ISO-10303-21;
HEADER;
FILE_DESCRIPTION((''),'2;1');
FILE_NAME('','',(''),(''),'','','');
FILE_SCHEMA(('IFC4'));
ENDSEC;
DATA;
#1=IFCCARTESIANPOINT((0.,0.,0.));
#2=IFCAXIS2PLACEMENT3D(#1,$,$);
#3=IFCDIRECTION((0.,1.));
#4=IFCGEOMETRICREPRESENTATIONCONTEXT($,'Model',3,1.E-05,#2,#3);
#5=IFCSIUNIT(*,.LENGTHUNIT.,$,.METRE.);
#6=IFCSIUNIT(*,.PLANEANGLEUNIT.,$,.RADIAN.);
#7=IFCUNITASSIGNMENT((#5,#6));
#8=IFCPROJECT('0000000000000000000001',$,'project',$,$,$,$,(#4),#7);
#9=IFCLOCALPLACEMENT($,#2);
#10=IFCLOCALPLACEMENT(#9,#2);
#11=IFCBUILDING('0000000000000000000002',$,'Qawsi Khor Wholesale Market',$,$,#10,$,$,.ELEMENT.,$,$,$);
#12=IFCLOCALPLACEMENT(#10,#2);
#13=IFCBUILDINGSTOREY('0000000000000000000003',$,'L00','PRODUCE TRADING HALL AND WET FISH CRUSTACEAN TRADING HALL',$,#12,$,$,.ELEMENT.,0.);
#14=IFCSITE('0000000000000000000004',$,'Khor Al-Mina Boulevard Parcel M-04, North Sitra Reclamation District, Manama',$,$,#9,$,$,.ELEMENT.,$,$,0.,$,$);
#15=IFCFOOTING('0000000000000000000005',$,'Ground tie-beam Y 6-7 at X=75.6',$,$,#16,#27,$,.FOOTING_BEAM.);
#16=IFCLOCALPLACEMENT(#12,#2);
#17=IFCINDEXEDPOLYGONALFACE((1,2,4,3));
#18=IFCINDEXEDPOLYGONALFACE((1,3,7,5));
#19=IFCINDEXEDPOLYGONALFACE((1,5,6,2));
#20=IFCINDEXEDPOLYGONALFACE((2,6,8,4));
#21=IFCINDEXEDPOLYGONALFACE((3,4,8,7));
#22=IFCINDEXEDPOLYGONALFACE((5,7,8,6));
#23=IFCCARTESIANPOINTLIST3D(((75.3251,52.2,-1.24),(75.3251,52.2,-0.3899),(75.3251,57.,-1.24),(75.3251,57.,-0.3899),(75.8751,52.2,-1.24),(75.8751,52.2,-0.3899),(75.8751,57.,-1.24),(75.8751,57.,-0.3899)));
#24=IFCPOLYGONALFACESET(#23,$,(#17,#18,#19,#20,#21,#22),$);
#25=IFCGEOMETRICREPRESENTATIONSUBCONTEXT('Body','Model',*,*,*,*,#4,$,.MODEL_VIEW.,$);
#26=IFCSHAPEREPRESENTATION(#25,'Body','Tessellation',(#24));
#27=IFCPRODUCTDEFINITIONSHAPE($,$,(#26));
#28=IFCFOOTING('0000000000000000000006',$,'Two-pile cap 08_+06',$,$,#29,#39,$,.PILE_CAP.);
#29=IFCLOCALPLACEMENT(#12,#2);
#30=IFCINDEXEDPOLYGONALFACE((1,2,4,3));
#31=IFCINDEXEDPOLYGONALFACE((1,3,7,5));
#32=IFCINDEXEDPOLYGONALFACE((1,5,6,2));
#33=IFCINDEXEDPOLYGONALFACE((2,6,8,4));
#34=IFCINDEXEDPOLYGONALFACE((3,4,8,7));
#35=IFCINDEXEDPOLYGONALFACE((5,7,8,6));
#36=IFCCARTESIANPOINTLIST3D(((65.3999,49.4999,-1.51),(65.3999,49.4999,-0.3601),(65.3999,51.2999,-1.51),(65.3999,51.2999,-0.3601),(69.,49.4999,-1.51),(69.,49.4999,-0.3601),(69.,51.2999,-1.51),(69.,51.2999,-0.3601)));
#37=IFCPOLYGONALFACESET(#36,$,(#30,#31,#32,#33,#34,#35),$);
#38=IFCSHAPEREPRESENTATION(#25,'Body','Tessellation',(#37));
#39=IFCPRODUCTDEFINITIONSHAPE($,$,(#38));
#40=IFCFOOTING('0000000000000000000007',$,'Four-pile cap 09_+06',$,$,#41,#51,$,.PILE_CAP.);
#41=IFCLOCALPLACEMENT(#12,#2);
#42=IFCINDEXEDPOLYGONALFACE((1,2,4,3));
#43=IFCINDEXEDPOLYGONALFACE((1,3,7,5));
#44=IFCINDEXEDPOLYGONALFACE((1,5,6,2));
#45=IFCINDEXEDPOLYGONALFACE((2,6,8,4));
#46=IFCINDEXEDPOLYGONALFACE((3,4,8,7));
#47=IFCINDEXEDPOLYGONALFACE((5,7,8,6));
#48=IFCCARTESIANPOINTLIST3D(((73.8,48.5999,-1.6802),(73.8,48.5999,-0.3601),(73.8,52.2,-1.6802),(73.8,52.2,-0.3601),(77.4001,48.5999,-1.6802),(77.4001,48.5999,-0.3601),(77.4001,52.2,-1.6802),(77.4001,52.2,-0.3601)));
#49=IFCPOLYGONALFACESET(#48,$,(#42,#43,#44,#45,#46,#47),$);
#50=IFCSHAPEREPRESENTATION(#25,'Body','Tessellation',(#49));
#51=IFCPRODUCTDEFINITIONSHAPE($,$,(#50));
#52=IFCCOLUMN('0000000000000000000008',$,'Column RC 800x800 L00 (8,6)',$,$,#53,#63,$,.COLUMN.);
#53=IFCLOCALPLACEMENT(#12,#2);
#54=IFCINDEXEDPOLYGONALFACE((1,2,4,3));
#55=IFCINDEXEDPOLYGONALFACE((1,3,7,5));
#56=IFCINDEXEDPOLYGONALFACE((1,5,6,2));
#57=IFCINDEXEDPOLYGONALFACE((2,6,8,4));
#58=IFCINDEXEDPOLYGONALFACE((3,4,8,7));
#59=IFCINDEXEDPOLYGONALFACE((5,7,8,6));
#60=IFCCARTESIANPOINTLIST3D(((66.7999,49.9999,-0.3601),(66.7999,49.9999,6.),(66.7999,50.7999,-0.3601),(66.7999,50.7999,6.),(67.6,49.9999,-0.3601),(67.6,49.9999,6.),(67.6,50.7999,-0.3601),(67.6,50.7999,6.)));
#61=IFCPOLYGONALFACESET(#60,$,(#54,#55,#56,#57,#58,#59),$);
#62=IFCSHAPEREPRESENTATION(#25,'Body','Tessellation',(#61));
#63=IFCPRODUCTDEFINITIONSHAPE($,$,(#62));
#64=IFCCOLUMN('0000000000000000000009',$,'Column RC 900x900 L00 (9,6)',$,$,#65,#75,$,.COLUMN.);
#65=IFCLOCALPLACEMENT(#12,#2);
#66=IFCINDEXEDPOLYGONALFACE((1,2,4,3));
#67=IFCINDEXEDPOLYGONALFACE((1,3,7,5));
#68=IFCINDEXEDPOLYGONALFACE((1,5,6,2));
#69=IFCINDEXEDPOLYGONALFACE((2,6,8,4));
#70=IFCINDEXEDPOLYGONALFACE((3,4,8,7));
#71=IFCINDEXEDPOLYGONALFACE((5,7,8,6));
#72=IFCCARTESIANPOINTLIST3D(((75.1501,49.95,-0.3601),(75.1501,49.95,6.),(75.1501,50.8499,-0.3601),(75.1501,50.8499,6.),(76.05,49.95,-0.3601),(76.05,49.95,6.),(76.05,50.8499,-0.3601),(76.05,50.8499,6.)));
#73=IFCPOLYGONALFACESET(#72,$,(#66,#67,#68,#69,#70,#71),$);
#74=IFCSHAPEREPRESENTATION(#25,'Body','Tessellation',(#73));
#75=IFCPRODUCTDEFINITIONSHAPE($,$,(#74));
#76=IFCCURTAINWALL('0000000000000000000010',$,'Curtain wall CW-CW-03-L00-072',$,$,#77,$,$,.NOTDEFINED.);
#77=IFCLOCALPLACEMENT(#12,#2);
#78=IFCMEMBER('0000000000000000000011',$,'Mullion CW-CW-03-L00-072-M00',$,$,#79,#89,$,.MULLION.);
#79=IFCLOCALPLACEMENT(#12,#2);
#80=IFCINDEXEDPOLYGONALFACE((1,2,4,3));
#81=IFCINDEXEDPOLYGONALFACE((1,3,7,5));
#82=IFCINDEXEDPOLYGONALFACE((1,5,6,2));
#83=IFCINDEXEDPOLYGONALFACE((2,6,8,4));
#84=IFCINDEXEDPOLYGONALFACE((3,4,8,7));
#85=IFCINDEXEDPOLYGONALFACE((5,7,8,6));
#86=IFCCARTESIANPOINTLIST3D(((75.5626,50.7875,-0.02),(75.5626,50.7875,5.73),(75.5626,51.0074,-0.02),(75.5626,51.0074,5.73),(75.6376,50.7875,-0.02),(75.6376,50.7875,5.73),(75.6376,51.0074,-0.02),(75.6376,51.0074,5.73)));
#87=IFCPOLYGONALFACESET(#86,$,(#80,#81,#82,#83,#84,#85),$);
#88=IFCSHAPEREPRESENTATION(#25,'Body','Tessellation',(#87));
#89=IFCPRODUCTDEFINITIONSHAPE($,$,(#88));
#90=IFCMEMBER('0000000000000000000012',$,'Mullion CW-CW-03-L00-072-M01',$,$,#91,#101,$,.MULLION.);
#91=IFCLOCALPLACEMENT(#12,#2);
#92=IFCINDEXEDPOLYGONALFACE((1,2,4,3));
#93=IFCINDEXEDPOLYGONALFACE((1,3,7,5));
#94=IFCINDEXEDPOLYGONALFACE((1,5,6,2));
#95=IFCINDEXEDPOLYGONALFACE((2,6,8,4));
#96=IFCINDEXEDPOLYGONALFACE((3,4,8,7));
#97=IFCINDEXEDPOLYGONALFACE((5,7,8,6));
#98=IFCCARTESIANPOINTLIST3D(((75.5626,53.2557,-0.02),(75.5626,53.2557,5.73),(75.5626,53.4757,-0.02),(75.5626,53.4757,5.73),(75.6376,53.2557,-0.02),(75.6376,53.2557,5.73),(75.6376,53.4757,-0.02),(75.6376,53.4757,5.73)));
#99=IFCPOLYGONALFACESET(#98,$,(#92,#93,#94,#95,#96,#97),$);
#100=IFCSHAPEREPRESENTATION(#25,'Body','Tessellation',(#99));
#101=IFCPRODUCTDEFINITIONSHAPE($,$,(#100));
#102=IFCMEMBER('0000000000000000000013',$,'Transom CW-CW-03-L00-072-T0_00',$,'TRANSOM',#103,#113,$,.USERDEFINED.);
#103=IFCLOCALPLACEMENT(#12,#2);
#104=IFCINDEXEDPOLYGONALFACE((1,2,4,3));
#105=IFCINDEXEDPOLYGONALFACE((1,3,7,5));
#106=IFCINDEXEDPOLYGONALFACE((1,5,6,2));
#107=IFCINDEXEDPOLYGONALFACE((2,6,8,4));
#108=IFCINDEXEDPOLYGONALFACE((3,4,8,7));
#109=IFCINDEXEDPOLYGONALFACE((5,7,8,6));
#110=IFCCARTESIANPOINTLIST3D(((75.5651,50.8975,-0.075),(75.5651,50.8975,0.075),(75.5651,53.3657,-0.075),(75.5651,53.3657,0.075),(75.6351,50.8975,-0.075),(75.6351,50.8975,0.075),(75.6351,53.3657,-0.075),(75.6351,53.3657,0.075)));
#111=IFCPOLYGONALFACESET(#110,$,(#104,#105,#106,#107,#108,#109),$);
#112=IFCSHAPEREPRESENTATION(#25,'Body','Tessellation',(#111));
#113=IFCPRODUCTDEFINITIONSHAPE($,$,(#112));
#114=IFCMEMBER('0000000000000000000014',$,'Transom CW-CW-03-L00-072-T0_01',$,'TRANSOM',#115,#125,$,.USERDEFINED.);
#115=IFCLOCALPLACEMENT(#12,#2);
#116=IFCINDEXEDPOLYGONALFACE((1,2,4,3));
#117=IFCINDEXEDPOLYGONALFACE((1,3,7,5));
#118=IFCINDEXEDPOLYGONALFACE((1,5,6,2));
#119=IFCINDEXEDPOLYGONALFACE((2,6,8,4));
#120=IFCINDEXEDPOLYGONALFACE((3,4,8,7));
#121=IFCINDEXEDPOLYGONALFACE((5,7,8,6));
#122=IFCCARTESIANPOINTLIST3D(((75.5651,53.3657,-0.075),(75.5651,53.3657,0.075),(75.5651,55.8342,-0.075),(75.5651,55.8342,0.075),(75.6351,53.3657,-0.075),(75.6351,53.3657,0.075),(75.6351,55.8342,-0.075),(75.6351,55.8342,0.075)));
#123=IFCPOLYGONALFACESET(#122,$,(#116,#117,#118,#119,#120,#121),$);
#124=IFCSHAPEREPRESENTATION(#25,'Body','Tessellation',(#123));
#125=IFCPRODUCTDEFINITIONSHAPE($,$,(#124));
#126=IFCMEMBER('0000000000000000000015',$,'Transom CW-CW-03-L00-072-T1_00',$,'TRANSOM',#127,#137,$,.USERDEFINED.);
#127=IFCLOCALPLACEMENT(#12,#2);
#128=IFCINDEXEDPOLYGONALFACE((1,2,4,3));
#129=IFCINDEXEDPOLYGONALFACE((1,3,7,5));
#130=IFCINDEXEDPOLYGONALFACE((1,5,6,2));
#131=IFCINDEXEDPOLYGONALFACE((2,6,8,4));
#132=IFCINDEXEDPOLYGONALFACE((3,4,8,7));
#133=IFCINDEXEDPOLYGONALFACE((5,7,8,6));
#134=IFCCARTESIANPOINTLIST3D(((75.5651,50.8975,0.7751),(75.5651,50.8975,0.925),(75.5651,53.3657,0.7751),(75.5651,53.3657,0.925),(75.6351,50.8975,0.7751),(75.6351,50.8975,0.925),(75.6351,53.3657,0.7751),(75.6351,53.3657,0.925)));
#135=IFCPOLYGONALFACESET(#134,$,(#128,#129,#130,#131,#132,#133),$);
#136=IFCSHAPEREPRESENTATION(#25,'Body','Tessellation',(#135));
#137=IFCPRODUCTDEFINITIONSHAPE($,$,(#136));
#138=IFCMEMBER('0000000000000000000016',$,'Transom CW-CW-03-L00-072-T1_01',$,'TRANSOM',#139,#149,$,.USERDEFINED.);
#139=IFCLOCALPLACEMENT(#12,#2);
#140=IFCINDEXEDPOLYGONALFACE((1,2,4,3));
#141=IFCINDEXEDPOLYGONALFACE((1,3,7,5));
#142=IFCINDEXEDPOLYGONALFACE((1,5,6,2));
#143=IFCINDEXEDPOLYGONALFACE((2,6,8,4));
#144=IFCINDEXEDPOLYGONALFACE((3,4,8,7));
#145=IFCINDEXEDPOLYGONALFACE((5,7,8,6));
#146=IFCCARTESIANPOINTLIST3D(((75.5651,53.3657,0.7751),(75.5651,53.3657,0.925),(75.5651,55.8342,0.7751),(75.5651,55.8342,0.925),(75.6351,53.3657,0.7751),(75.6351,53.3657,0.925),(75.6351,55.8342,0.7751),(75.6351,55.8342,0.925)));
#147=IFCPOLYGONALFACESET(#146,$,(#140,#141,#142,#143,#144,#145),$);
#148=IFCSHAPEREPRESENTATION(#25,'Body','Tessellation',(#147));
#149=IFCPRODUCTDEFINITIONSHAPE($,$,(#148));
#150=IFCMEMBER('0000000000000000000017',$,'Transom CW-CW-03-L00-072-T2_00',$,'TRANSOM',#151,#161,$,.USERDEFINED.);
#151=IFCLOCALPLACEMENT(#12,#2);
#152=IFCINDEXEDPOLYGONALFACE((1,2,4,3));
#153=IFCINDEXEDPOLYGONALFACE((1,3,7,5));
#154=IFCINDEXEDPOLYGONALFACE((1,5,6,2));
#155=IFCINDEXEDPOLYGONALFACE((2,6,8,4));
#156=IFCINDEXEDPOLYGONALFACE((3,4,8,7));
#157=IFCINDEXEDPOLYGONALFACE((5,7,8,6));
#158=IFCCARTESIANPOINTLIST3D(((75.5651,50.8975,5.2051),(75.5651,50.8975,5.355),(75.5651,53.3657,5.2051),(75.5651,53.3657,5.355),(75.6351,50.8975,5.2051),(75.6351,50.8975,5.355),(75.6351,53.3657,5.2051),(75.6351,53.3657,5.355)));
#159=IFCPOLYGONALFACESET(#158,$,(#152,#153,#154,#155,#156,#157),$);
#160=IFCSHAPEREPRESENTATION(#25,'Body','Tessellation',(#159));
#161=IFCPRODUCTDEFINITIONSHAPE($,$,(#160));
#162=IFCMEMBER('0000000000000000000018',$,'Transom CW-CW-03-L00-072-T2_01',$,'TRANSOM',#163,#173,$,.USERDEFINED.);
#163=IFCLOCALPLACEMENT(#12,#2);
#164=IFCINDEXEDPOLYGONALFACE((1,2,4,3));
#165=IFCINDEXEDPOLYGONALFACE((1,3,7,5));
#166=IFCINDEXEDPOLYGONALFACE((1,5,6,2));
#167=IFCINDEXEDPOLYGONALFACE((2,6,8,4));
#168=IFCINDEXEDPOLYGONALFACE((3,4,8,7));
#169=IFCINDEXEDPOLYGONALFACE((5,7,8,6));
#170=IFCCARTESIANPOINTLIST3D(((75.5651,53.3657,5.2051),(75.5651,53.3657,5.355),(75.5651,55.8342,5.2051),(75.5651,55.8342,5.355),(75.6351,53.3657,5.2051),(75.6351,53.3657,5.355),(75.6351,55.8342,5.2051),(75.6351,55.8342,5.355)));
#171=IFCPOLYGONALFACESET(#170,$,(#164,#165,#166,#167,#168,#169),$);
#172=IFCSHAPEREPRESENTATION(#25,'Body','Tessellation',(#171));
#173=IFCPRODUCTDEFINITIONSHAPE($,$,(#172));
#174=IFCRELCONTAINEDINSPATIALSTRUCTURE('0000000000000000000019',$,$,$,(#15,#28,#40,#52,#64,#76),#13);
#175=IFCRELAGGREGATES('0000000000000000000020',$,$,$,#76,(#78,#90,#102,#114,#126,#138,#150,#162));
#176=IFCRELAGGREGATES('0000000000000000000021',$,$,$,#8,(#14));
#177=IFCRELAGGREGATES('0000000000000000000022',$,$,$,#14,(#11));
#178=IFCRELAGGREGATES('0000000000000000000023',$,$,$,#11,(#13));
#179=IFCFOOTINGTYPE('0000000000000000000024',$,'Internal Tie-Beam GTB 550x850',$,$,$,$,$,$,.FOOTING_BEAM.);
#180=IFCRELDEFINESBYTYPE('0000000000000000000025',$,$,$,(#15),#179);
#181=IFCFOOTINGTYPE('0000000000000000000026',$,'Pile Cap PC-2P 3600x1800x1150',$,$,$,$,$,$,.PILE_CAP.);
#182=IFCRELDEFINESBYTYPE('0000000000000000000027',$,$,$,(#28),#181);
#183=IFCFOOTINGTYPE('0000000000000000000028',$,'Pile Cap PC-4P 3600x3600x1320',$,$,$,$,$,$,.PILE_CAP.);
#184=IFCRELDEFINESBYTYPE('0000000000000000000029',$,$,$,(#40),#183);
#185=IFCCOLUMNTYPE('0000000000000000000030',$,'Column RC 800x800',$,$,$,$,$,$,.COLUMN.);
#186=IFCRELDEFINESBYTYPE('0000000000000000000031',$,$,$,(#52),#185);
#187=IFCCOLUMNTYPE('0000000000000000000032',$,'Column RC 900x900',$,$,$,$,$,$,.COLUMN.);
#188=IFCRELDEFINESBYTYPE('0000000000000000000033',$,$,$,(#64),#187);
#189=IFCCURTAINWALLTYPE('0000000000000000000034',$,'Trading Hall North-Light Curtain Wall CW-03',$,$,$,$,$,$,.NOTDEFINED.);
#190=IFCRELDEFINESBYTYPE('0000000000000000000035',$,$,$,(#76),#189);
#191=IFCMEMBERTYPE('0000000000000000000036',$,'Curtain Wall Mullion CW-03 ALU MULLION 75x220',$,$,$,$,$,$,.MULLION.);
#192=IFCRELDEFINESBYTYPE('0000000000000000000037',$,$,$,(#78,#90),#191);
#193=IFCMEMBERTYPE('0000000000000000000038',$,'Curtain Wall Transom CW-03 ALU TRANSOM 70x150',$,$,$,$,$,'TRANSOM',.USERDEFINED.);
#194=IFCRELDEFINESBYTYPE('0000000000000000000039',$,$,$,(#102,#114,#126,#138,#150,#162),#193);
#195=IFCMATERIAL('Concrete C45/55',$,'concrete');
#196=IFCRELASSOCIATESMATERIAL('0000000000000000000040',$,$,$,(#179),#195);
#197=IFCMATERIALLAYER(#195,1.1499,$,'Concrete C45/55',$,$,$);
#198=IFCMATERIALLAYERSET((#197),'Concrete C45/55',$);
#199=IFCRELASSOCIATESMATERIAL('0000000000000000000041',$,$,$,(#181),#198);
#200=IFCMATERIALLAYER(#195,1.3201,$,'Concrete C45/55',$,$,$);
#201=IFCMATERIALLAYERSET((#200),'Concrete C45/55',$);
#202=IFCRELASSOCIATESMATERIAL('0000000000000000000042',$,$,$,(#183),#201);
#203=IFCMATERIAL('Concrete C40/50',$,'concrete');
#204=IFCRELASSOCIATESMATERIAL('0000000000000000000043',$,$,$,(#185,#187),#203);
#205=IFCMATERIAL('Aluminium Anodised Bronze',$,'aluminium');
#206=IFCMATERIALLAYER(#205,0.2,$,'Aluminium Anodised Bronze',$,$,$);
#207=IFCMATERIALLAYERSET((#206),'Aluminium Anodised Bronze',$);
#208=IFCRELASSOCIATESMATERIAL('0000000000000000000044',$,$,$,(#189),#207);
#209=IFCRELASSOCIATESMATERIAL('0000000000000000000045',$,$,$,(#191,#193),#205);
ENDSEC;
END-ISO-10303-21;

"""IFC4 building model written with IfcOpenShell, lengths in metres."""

from ifc_helpers import new_model, si_unit, direction, frame, origin, origin_2d, place, context, subcontext, project, spatial, rectangle, extrude, material, layer, layer_set, material_profile, profile_set, type_object, element, aggregate, save


model = new_model("IFC4")

# Units and contexts
model_context = context("Model", 3, precision=1e-05, world=origin(), true_north=direction((0.0, 1.0)))
body_context = subcontext(model_context, "Body", "Model", "MODEL_VIEW")
ifc_project = project(units=[si_unit("LENGTHUNIT", "METRE"), si_unit("PLANEANGLEUNIT", "RADIAN")], contexts=[model_context])

# Site, building, storey
site_placement = place(None, origin())
site = spatial("IfcSite", under=ifc_project, at=site_placement, Name="Khor Al-Mina Boulevard Parcel M-04, North Sitra Reclamation District, Manama", CompositionType="ELEMENT", RefElevation=0.0)
building_placement = place(site_placement, origin())
building = spatial("IfcBuilding", under=site, at=building_placement, Name="Qawsi Khor Wholesale Market", CompositionType="ELEMENT")
storey_placement = place(building_placement, origin())
storey = spatial("IfcBuildingStorey", under=building, at=storey_placement, Name="L00", Description="PRODUCE TRADING HALL AND WET FISH CRUSTACEAN TRADING HALL", CompositionType="ELEMENT", Elevation=0.0)

# Shared definitions
ifc_material_1 = material(Name="Concrete C45/55", Category="concrete")

# Footings
ifc_material_profile_1 = material_profile(ifc_material_1, rectangle(XDim=0.55, YDim=0.8501, at=origin_2d()), Name="RC 550x850")
ifc_profile_set_1 = profile_set([ifc_material_profile_1], Name="Concrete C45/55")
footing_type_1 = type_object("IfcFootingType", Name="Internal Tie-Beam GTB 550x850", PredefinedType="FOOTING_BEAM", material=ifc_profile_set_1)
footing_1_placement = place(storey_placement, frame((75.6001, 52.2, -0.8149), z_axis=(0.0, 1.0, 0.0), x_axis=(-1.0, 0.0, 0.0)))
element("IfcFooting", 1, at=footing_1_placement, inside=storey, type_object=footing_type_1, Name="Ground tie-beam Y 6-7 at X=75.6", PredefinedType="FOOTING_BEAM", context=body_context, shape_type="SweptSolid", body=[
    extrude(rectangle(XDim=0.55, YDim=0.8501, at=origin_2d()), origin(), (0.0, 0.0, 1.0), 4.8),
])
ifc_layer_1 = layer(ifc_material_1, 1.1499, Name="Concrete C45/55")
ifc_layer_set_1 = layer_set([ifc_layer_1], Name="Concrete C45/55")
footing_type_2 = type_object("IfcFootingType", Name="Pile Cap PC-2P 3600x1800x1150", PredefinedType="PILE_CAP", material=ifc_layer_set_1)
footing_2_placement = place(storey_placement, frame((67.2, 50.3999, -1.51), z_axis=(0.0, 0.0, 1.0), x_axis=(1.0, 0.0, 0.0)))
element("IfcFooting", 2, at=footing_2_placement, inside=storey, type_object=footing_type_2, Name="Two-pile cap 08_+06", PredefinedType="PILE_CAP", context=body_context, shape_type="SweptSolid", body=[
    extrude(rectangle(XDim=3.6001, YDim=1.8, at=origin_2d()), origin(), (0.0, 0.0, 1.0), 1.1499),
])
ifc_layer_2 = layer(ifc_material_1, 1.3201, Name="Concrete C45/55")
ifc_layer_set_2 = layer_set([ifc_layer_2], Name="Concrete C45/55")
footing_type_3 = type_object("IfcFootingType", Name="Pile Cap PC-4P 3600x3600x1320", PredefinedType="PILE_CAP", material=ifc_layer_set_2)
footing_3_placement = place(storey_placement, frame((75.6001, 50.3999, -1.6802), z_axis=(0.0, 0.0, 1.0), x_axis=(1.0, 0.0, 0.0)))
element("IfcFooting", 3, at=footing_3_placement, inside=storey, type_object=footing_type_3, Name="Four-pile cap 09_+06", PredefinedType="PILE_CAP", context=body_context, shape_type="SweptSolid", body=[
    extrude(rectangle(XDim=3.6001, YDim=3.6001, at=origin_2d()), origin(), (0.0, 0.0, 1.0), 1.3201),
])

# Columns
ifc_material_2 = material(Name="Concrete C40/50", Category="concrete")
ifc_material_profile_2 = material_profile(ifc_material_2, rectangle(XDim=0.8, YDim=0.8, at=origin_2d()), Name="RC 800x800")
ifc_profile_set_2 = profile_set([ifc_material_profile_2], Name="Concrete C40/50")
column_type_1 = type_object("IfcColumnType", Name="Column RC 800x800", PredefinedType="COLUMN", material=ifc_profile_set_2)
column_1_placement = place(storey_placement, frame((67.2, 50.3999, -0.3601), z_axis=(0.0, 0.0, 1.0), x_axis=(1.0, 0.0, 0.0)))
element("IfcColumn", 4, at=column_1_placement, inside=storey, type_object=column_type_1, Name="Column RC 800x800 L00 (8,6)", PredefinedType="COLUMN", context=body_context, shape_type="SweptSolid", body=[
    extrude(rectangle(XDim=0.8, YDim=0.8, at=origin_2d()), origin(), (0.0, 0.0, 1.0), 6.3601),
])
ifc_material_profile_3 = material_profile(ifc_material_2, rectangle(XDim=0.8999, YDim=0.8999, at=origin_2d()), Name="RC 900x900")
ifc_profile_set_3 = profile_set([ifc_material_profile_3], Name="Concrete C40/50")
column_type_2 = type_object("IfcColumnType", Name="Column RC 900x900", PredefinedType="COLUMN", material=ifc_profile_set_3)
column_2_placement = place(storey_placement, frame((75.6001, 50.3999, -0.3601), z_axis=(0.0, 0.0, 1.0), x_axis=(1.0, 0.0, 0.0)))
element("IfcColumn", 5, at=column_2_placement, inside=storey, type_object=column_type_2, Name="Column RC 900x900 L00 (9,6)", PredefinedType="COLUMN", context=body_context, shape_type="SweptSolid", body=[
    extrude(rectangle(XDim=0.8999, YDim=0.8999, at=origin_2d()), origin(), (0.0, 0.0, 1.0), 6.3601),
])

# Curtain wall, members
ifc_material_3 = material(Name="Aluminium Anodised Bronze", Category="aluminium")
ifc_layer_3 = layer(ifc_material_3, 0.2, Name="Aluminium Anodised Bronze")
ifc_layer_set_3 = layer_set([ifc_layer_3], Name="Aluminium Anodised Bronze")
curtain_wall_type = type_object("IfcCurtainWallType", Name="Trading Hall North-Light Curtain Wall CW-03", PredefinedType="NOTDEFINED", material=ifc_layer_set_3)
curtain_wall_placement = place(storey_placement, origin())
curtain_wall = element("IfcCurtainWall", 6, at=curtain_wall_placement, inside=storey, type_object=curtain_wall_type, Name="Curtain wall CW-CW-03-L00-072", PredefinedType="NOTDEFINED")
ifc_material_profile_4 = material_profile(ifc_material_3, rectangle(XDim=0.075, YDim=0.22, at=origin_2d()), Name="ALU MULLION 75x220")
ifc_profile_set_4 = profile_set([ifc_material_profile_4], Name="Aluminium Anodised Bronze")
member_type_1 = type_object("IfcMemberType", Name="Curtain Wall Mullion CW-03 ALU MULLION 75x220", PredefinedType="MULLION", material=ifc_profile_set_4)
member_1_placement = place(storey_placement, frame((75.6001, 50.8975, -0.02), z_axis=(0.0, 0.0, 1.0), x_axis=(1.0, 0.0, 0.0)))
member_1 = element("IfcMember", 7, at=member_1_placement, type_object=member_type_1, Name="Mullion CW-CW-03-L00-072-M00", PredefinedType="MULLION", context=body_context, shape_type="SweptSolid", body=[
    extrude(rectangle(XDim=0.075, YDim=0.22, at=origin_2d()), origin(), (0.0, 0.0, 1.0), 5.75),
])
member_2_placement = place(storey_placement, frame((75.6001, 53.3657, -0.02), z_axis=(0.0, 0.0, 1.0), x_axis=(1.0, 0.0, 0.0)))
member_2 = element("IfcMember", 8, at=member_2_placement, type_object=member_type_1, Name="Mullion CW-CW-03-L00-072-M01", PredefinedType="MULLION", context=body_context, shape_type="SweptSolid", body=[
    extrude(rectangle(XDim=0.075, YDim=0.22, at=origin_2d()), origin(), (0.0, 0.0, 1.0), 5.75),
])
ifc_material_profile_5 = material_profile(ifc_material_3, rectangle(XDim=0.0701, YDim=0.1499, at=origin_2d()), Name="ALU TRANSOM 70x150")
ifc_profile_set_5 = profile_set([ifc_material_profile_5], Name="Aluminium Anodised Bronze")
member_type_2 = type_object("IfcMemberType", Name="Curtain Wall Transom CW-03 ALU TRANSOM 70x150", ElementType="TRANSOM", PredefinedType="USERDEFINED", material=ifc_profile_set_5)
member_3_placement = place(storey_placement, frame((75.6001, 50.8975, 0.0), z_axis=(0.0, 1.0, 0.0), x_axis=(-1.0, 0.0, 0.0)))
member_3 = element("IfcMember", 9, at=member_3_placement, type_object=member_type_2, Name="Transom CW-CW-03-L00-072-T0_00", ObjectType="TRANSOM", PredefinedType="USERDEFINED", context=body_context, shape_type="SweptSolid", body=[
    extrude(rectangle(XDim=0.0701, YDim=0.1499, at=origin_2d()), origin(), (0.0, 0.0, 1.0), 2.4683),
])
member_4_placement = place(storey_placement, frame((75.6001, 53.3657, 0.0), z_axis=(0.0, 1.0, 0.0), x_axis=(-1.0, 0.0, 0.0)))
member_4 = element("IfcMember", 10, at=member_4_placement, type_object=member_type_2, Name="Transom CW-CW-03-L00-072-T0_01", ObjectType="TRANSOM", PredefinedType="USERDEFINED", context=body_context, shape_type="SweptSolid", body=[
    extrude(rectangle(XDim=0.0701, YDim=0.1499, at=origin_2d()), origin(), (0.0, 0.0, 1.0), 2.4685),
])
member_5_placement = place(storey_placement, frame((75.6001, 50.8975, 0.8501), z_axis=(0.0, 1.0, 0.0), x_axis=(-1.0, 0.0, 0.0)))
member_5 = element("IfcMember", 11, at=member_5_placement, type_object=member_type_2, Name="Transom CW-CW-03-L00-072-T1_00", ObjectType="TRANSOM", PredefinedType="USERDEFINED", context=body_context, shape_type="SweptSolid", body=[
    extrude(rectangle(XDim=0.0701, YDim=0.1499, at=origin_2d()), origin(), (0.0, 0.0, 1.0), 2.4683),
])
member_6_placement = place(storey_placement, frame((75.6001, 53.3657, 0.8501), z_axis=(0.0, 1.0, 0.0), x_axis=(-1.0, 0.0, 0.0)))
member_6 = element("IfcMember", 12, at=member_6_placement, type_object=member_type_2, Name="Transom CW-CW-03-L00-072-T1_01", ObjectType="TRANSOM", PredefinedType="USERDEFINED", context=body_context, shape_type="SweptSolid", body=[
    extrude(rectangle(XDim=0.0701, YDim=0.1499, at=origin_2d()), origin(), (0.0, 0.0, 1.0), 2.4685),
])
member_7_placement = place(storey_placement, frame((75.6001, 50.8975, 5.28), z_axis=(0.0, 1.0, 0.0), x_axis=(-1.0, 0.0, 0.0)))
member_7 = element("IfcMember", 13, at=member_7_placement, type_object=member_type_2, Name="Transom CW-CW-03-L00-072-T2_00", ObjectType="TRANSOM", PredefinedType="USERDEFINED", context=body_context, shape_type="SweptSolid", body=[
    extrude(rectangle(XDim=0.0701, YDim=0.1499, at=origin_2d()), origin(), (0.0, 0.0, 1.0), 2.4683),
])
member_8_placement = place(storey_placement, frame((75.6001, 53.3657, 5.28), z_axis=(0.0, 1.0, 0.0), x_axis=(-1.0, 0.0, 0.0)))
member_8 = element("IfcMember", 14, at=member_8_placement, type_object=member_type_2, Name="Transom CW-CW-03-L00-072-T2_01", ObjectType="TRANSOM", PredefinedType="USERDEFINED", context=body_context, shape_type="SweptSolid", body=[
    extrude(rectangle(XDim=0.0701, YDim=0.1499, at=origin_2d()), origin(), (0.0, 0.0, 1.0), 2.4685),
])
aggregate(curtain_wall, [member_1, member_2, member_3, member_4, member_5, member_6, member_7, member_8])

save(model, "model.ifc")
